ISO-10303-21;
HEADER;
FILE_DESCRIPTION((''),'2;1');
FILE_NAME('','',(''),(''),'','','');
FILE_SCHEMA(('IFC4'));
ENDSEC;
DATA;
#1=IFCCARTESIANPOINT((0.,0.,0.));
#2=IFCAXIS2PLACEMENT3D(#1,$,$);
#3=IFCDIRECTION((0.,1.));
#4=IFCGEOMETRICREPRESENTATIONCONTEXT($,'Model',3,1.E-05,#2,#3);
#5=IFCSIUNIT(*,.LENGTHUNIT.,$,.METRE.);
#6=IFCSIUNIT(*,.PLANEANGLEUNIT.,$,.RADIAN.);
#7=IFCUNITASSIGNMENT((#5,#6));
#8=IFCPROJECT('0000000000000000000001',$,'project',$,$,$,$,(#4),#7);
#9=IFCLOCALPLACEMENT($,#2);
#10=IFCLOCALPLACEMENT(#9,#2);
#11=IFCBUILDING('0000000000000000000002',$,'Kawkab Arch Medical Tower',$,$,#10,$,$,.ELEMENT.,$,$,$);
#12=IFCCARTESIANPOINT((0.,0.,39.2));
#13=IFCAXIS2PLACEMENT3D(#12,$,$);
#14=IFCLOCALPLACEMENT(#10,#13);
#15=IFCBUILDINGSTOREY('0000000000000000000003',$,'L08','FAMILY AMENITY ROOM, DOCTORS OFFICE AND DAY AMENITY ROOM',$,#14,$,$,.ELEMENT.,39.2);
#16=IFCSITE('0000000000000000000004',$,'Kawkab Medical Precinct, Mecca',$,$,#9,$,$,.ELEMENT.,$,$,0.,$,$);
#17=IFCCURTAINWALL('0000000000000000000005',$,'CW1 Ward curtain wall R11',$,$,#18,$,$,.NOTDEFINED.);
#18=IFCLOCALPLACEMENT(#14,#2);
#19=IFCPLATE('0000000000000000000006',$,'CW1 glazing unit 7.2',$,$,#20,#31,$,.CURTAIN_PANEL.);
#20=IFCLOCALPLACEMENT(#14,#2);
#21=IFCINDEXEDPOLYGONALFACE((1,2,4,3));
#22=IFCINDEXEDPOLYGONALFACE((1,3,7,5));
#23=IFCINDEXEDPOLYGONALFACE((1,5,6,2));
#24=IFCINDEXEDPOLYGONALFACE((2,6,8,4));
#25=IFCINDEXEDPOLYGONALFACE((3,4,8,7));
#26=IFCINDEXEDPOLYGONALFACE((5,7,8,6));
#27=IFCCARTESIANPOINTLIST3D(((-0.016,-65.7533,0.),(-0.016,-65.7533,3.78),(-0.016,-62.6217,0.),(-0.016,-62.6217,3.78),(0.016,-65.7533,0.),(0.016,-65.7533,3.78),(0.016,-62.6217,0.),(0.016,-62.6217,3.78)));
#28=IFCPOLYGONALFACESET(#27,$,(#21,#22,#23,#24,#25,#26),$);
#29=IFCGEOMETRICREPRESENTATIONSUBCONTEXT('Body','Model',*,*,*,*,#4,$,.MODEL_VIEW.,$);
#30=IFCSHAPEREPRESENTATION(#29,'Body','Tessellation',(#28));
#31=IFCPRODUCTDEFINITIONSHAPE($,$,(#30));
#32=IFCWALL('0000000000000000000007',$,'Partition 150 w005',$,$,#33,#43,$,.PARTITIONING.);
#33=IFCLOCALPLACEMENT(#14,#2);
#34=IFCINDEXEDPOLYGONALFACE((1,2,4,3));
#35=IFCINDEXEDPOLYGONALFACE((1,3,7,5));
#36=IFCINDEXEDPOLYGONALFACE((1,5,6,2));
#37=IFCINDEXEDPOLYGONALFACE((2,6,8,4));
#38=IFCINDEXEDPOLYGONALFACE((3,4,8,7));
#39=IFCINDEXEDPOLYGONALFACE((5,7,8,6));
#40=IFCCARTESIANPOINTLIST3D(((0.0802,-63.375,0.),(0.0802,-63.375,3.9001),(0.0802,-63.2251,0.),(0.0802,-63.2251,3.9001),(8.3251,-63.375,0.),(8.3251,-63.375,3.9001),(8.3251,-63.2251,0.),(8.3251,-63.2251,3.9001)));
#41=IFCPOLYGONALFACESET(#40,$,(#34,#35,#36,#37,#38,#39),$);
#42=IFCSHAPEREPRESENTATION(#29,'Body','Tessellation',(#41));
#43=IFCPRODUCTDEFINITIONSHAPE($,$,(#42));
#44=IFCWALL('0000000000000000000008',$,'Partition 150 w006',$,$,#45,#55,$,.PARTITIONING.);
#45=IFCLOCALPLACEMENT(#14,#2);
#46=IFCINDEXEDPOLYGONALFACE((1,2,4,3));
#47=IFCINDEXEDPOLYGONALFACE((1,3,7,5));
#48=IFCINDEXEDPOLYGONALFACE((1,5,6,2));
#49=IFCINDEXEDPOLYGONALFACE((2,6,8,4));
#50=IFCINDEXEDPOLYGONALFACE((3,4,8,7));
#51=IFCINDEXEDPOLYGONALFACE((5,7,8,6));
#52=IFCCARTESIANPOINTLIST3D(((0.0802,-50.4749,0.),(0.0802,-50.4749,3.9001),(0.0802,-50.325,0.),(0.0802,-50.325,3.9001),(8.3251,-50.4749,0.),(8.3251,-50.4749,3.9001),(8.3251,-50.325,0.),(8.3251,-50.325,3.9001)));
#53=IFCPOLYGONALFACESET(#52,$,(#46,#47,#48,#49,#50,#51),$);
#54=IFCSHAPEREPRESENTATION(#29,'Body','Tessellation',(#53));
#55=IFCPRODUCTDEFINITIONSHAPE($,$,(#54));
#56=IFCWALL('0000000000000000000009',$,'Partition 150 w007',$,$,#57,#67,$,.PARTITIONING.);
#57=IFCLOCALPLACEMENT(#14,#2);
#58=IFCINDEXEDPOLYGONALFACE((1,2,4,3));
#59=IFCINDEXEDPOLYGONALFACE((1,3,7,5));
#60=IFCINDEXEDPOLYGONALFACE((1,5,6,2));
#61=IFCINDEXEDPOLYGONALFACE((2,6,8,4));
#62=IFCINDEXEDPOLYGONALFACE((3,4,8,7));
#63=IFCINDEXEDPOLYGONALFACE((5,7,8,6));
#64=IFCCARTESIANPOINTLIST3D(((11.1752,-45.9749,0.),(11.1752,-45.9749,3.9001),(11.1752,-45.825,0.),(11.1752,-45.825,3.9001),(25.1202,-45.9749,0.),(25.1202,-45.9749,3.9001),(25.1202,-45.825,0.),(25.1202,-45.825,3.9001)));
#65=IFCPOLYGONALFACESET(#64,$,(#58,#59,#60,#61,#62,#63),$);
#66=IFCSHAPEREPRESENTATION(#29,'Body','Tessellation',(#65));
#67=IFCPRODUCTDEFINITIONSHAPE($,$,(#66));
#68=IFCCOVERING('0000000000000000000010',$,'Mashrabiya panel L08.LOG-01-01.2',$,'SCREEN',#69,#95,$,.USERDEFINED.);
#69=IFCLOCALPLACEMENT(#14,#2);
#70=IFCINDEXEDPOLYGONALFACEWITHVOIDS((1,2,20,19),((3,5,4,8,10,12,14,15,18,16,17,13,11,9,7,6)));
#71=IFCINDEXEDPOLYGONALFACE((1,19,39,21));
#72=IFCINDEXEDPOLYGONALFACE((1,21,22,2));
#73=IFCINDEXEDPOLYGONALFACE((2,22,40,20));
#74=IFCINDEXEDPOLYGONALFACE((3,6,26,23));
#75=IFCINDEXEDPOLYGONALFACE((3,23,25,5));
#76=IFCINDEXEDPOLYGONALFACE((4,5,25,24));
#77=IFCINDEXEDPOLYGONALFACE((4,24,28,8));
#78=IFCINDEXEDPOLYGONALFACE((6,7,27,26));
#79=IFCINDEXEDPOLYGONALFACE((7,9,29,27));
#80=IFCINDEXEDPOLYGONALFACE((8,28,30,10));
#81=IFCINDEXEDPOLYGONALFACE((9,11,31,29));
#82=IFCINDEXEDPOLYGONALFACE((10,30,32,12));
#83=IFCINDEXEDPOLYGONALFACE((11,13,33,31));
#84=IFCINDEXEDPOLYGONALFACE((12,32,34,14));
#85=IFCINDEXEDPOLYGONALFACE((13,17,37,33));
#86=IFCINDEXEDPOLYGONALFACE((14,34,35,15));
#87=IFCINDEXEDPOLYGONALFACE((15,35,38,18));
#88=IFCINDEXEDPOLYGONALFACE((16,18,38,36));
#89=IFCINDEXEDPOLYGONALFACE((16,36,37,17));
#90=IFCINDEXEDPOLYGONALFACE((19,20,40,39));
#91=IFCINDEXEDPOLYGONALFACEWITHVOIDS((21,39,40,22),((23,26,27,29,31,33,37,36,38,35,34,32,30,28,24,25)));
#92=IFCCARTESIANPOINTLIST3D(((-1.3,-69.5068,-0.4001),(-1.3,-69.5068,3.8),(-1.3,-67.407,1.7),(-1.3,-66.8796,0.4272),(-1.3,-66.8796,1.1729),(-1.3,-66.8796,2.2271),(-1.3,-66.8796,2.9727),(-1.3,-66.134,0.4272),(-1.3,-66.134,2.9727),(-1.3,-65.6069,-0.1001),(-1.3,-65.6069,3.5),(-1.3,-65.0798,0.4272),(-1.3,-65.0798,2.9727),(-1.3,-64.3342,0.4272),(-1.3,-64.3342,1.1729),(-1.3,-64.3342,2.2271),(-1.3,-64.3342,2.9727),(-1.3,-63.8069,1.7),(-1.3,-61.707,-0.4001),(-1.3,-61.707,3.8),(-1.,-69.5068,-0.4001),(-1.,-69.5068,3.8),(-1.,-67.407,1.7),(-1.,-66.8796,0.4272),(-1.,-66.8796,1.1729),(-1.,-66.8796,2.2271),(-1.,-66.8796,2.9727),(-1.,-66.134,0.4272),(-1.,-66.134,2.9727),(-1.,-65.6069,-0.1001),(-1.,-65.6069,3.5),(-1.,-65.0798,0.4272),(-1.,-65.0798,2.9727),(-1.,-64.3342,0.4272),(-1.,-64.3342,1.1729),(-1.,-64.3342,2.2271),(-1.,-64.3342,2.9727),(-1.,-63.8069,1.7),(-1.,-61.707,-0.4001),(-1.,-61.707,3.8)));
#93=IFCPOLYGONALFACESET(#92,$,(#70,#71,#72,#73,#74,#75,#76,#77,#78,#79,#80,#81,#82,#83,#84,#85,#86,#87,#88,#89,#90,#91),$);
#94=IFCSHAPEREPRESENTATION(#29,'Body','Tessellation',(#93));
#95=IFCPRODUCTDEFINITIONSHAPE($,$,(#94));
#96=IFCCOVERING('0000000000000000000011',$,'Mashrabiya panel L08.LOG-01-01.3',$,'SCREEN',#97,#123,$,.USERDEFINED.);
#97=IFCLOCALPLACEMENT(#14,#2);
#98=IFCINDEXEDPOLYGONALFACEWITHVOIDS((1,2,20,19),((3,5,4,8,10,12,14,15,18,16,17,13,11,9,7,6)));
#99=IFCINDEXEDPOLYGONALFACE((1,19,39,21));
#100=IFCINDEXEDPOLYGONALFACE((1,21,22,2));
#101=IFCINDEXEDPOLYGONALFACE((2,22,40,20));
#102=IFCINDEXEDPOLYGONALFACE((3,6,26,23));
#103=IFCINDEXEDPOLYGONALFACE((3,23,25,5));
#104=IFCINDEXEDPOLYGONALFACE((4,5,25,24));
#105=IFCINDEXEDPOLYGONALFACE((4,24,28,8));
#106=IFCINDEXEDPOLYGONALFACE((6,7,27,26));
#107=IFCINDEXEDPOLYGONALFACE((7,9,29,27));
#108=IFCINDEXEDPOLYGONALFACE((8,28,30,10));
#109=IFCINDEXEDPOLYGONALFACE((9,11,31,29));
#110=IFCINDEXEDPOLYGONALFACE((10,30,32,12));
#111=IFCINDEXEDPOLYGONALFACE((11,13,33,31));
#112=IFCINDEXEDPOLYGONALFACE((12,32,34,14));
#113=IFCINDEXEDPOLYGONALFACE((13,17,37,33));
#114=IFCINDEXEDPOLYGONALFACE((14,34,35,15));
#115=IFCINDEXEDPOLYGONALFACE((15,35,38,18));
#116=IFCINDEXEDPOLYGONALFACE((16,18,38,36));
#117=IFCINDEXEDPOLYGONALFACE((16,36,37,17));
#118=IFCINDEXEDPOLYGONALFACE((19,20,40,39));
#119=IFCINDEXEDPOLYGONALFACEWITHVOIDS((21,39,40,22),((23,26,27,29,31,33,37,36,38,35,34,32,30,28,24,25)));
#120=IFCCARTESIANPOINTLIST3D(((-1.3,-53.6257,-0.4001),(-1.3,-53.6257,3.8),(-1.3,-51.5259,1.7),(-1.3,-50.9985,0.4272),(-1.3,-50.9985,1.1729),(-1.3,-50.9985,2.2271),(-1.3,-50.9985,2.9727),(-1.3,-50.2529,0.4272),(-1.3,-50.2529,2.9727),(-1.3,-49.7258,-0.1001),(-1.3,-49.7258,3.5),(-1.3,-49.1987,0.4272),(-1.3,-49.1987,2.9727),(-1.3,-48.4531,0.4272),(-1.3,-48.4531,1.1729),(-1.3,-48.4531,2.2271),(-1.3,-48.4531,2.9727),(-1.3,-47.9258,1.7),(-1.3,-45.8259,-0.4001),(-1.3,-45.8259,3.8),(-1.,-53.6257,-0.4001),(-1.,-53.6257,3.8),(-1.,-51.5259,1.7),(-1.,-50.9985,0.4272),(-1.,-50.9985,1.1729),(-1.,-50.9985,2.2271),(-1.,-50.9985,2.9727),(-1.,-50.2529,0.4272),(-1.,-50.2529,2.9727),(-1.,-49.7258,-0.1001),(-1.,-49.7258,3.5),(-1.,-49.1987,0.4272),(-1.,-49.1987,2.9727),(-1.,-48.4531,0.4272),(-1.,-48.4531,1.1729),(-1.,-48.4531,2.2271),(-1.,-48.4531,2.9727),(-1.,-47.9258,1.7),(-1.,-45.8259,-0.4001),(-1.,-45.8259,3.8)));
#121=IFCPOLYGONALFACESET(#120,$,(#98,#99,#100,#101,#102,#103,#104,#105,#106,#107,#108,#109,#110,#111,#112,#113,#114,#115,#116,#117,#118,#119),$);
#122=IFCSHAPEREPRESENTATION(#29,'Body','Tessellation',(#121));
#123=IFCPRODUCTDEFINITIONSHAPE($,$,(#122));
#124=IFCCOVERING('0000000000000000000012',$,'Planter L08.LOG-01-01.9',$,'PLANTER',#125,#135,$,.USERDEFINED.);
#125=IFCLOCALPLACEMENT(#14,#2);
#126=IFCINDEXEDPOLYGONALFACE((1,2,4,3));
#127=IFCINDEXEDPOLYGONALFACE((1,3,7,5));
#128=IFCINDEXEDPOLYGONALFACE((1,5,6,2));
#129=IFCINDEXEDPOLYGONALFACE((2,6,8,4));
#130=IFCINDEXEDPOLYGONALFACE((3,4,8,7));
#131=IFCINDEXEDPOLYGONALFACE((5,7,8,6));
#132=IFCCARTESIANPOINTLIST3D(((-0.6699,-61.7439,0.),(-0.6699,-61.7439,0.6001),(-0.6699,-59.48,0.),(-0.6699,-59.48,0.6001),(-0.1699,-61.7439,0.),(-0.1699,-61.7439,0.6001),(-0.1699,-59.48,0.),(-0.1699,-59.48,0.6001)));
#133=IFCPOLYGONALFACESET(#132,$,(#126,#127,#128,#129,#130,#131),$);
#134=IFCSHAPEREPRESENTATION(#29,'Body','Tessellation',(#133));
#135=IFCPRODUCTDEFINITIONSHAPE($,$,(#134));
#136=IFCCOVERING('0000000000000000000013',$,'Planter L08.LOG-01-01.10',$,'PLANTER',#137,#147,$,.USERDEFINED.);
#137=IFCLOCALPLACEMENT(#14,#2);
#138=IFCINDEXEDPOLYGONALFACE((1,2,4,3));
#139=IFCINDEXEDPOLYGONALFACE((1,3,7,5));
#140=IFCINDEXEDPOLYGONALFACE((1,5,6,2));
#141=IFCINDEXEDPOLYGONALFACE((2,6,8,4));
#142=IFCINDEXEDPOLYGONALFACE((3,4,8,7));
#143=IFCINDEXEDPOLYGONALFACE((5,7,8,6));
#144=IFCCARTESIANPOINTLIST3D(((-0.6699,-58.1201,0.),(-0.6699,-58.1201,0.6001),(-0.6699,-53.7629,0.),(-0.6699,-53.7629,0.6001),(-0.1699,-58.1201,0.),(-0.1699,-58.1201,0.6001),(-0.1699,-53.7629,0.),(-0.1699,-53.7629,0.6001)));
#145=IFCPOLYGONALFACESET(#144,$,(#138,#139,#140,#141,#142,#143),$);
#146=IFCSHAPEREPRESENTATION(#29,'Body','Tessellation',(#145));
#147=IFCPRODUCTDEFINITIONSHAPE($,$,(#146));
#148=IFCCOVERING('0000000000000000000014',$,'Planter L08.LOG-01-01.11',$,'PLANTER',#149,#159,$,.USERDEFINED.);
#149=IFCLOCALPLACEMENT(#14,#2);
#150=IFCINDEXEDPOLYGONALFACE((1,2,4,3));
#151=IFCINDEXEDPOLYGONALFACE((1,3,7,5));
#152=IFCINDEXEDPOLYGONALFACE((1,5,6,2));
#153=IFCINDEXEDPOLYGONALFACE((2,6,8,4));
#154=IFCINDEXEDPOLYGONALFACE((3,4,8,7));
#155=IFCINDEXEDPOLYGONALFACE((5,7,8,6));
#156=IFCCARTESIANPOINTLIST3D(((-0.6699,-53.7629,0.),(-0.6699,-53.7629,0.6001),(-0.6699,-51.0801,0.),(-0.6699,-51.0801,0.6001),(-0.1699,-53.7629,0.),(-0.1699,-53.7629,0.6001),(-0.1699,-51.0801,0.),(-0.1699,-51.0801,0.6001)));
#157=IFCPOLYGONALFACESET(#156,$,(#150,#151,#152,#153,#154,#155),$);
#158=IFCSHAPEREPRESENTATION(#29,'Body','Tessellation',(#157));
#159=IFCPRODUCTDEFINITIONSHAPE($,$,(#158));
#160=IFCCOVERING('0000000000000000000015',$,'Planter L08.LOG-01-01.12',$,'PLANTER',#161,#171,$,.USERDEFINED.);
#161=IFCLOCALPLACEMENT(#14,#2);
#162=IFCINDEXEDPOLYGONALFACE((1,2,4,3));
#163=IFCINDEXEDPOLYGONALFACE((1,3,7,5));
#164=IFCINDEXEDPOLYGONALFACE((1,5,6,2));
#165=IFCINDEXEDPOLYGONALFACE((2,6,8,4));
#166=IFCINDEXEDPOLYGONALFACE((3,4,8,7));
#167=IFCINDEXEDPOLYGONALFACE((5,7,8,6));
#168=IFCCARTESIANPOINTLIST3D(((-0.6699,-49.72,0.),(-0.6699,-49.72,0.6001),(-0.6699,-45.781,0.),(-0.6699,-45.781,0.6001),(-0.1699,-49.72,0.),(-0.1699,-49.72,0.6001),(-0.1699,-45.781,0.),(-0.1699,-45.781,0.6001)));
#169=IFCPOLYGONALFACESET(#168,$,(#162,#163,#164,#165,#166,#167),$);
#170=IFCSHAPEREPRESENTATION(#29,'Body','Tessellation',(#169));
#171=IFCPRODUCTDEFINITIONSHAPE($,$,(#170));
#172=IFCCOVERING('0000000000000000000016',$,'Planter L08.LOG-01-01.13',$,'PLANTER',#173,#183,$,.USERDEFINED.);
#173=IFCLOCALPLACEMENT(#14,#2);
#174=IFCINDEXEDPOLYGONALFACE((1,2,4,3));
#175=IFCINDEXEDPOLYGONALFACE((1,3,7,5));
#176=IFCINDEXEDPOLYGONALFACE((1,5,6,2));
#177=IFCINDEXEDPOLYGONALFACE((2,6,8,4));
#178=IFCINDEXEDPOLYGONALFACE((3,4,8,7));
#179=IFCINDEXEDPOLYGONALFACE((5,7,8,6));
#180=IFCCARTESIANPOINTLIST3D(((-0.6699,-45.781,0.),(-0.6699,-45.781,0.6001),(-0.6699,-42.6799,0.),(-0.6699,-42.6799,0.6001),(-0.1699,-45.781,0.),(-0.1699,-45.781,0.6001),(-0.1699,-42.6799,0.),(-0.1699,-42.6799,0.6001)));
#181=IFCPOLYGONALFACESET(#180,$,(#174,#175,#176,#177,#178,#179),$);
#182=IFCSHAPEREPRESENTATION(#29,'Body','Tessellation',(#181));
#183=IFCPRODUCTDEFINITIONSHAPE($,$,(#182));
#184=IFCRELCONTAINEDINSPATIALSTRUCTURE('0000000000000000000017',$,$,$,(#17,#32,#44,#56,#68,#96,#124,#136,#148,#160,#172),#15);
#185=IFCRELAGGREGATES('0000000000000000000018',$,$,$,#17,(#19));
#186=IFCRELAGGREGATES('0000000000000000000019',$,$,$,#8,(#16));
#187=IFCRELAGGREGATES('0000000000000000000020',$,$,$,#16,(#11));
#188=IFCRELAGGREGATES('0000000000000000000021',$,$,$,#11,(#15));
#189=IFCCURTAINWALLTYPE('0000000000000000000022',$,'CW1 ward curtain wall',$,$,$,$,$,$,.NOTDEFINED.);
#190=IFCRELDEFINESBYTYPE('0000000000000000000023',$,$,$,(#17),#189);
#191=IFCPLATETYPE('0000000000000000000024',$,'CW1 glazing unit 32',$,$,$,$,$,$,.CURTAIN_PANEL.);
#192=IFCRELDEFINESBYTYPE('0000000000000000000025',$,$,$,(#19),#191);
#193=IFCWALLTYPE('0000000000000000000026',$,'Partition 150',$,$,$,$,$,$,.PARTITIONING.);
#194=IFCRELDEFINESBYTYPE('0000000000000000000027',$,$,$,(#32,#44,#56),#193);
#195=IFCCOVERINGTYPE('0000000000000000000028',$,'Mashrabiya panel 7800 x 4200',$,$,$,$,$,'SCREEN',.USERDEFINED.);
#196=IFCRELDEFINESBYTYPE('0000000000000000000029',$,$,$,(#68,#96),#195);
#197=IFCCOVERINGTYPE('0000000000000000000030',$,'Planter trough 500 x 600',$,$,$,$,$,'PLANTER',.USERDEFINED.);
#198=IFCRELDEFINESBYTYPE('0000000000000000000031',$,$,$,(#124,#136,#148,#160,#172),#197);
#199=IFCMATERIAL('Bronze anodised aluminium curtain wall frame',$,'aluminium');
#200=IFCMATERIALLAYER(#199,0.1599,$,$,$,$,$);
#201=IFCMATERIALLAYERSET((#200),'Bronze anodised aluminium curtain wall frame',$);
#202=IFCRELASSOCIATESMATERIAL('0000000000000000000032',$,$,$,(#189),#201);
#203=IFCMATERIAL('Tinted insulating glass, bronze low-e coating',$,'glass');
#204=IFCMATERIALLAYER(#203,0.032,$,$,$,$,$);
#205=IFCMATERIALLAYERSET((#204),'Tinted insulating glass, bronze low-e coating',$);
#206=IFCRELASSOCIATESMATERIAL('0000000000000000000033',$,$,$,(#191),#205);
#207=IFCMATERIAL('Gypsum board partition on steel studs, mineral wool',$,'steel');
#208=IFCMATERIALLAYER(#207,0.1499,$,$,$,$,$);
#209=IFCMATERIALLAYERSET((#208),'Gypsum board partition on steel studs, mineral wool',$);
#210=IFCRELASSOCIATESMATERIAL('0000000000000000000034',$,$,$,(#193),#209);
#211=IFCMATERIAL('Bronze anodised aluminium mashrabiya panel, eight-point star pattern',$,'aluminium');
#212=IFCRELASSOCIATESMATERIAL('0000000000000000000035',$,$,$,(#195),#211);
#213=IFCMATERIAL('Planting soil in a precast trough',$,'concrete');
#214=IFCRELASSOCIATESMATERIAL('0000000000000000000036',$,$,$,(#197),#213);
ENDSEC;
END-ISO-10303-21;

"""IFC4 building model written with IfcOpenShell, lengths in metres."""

from ifc_helpers import new_model, si_unit, direction, frame, frame_2d, origin, origin_2d, place, context, subcontext, project, spatial, polyline, rectangle, outline, extrude, material, layer, layer_set, material_profile, profile_set, type_object, element, aggregate, save


model = new_model("IFC4")

# Units and contexts
model_context = context("Model", 3, precision=1e-05, world=origin(), true_north=direction((0.0, 1.0)))
body_context = subcontext(model_context, "Body", "Model", "MODEL_VIEW")
ifc_project = project(units=[si_unit("LENGTHUNIT", "METRE"), si_unit("PLANEANGLEUNIT", "RADIAN")], contexts=[model_context])

# Site, building, storey
site_placement = place(None, origin())
site = spatial("IfcSite", under=ifc_project, at=site_placement, Name="Kawkab Medical Precinct, Mecca", CompositionType="ELEMENT", RefElevation=0.0)
building_placement = place(site_placement, origin())
building = spatial("IfcBuilding", under=site, at=building_placement, Name="Kawkab Arch Medical Tower", CompositionType="ELEMENT")
storey_placement = place(building_placement, frame((0.0, 0.0, 39.2)))
storey = spatial("IfcBuildingStorey", under=building, at=storey_placement, Name="L08", Description="FAMILY AMENITY ROOM, DOCTORS OFFICE AND DAY AMENITY ROOM", CompositionType="ELEMENT", Elevation=39.2)

# Curtain wall, plate
ifc_material_1 = material(Name="Bronze anodised aluminium curtain wall frame", Category="aluminium")
ifc_layer_1 = layer(ifc_material_1, 0.1599)
ifc_layer_set_1 = layer_set([ifc_layer_1], Name="Bronze anodised aluminium curtain wall frame")
curtain_wall_type = type_object("IfcCurtainWallType", Name="CW1 ward curtain wall", PredefinedType="NOTDEFINED", material=ifc_layer_set_1)
curtain_wall_placement = place(storey_placement, origin())
curtain_wall = element("IfcCurtainWall", 1, at=curtain_wall_placement, inside=storey, type_object=curtain_wall_type, Name="CW1 Ward curtain wall R11", PredefinedType="NOTDEFINED")
ifc_material_2 = material(Name="Tinted insulating glass, bronze low-e coating", Category="glass")
ifc_layer_2 = layer(ifc_material_2, 0.032)
ifc_layer_set_2 = layer_set([ifc_layer_2], Name="Tinted insulating glass, bronze low-e coating")
plate_type = type_object("IfcPlateType", Name="CW1 glazing unit 32", PredefinedType="CURTAIN_PANEL", material=ifc_layer_set_2)
plate_1_placement = place(storey_placement, frame((0.0, -64.1875, 0.0), z_axis=(0.0, 0.0, 1.0), x_axis=(0.0, -1.0, 0.0)))
plate_1 = element("IfcPlate", 2, at=plate_1_placement, type_object=plate_type, Name="CW1 glazing unit 7.2", PredefinedType="CURTAIN_PANEL", context=body_context, shape_type="SweptSolid", body=[
    extrude(rectangle(XDim=3.1316, YDim=0.032, at=origin_2d()), origin(), (0.0, 0.0, 1.0), 3.78),
])
aggregate(curtain_wall, [plate_1])

# Walls
ifc_material_3 = material(Name="Gypsum board partition on steel studs, mineral wool", Category="steel")
ifc_layer_3 = layer(ifc_material_3, 0.1499)
ifc_layer_set_3 = layer_set([ifc_layer_3], Name="Gypsum board partition on steel studs, mineral wool")
wall_type = type_object("IfcWallType", Name="Partition 150", PredefinedType="PARTITIONING", material=ifc_layer_set_3)
for number, where, z_axis, x_axis, name in (
    (3, (0.0801, -63.3, 0.0), (0.0, 0.0, 1.0), (1.0, 0.0, 0.0), "Partition 150 w005"),
    (4, (0.0801, -50.3999, 0.0), (0.0, 0.0, 1.0), (1.0, 0.0, 0.0), "Partition 150 w006"),
):
    element("IfcWall", number, at=place(storey_placement, frame(where, z_axis=z_axis, x_axis=x_axis)), inside=storey, type_object=wall_type, Name=name, PredefinedType="PARTITIONING", context=body_context, shape_type="SweptSolid", body=[
        extrude(rectangle(XDim=8.2449, YDim=0.1499, at=frame_2d((4.1226, 0.0))), origin(), (0.0, 0.0, 1.0), 3.9001),
    ])
wall_placement = place(storey_placement, frame((11.175, -45.8999, 0.0), z_axis=(0.0, 0.0, 1.0), x_axis=(1.0, 0.0, 0.0)))
element("IfcWall", 5, at=wall_placement, inside=storey, type_object=wall_type, Name="Partition 150 w007", PredefinedType="PARTITIONING", context=body_context, shape_type="SweptSolid", body=[
    extrude(rectangle(XDim=13.9451, YDim=0.1499, at=frame_2d((6.9727, 0.0))), origin(), (0.0, 0.0, 1.0), 3.9001),
])

# Coverings
ifc_material_4 = material(Name="Bronze anodised aluminium mashrabiya panel, eight-point star pattern", Category="aluminium")
ifc_material_profile_1 = material_profile(ifc_material_4, outline(polyline([(-3.8999, -2.1001), (3.8999, -2.1001), (3.8999, 2.1001), (-3.8999, 2.1001), (-3.8999, -2.1001)]), holes=[polyline([(1.8, 0.0), (1.2727, 0.5271), (1.2727, 1.2727), (0.5271, 1.2727), (0.0, 1.8), (-0.5271, 1.2727), (-1.2727, 1.2727), (-1.2727, 0.5271), (-1.8, 0.0), (-1.2727, -0.5271), (-1.2727, -1.2727), (-0.5271, -1.2727), (0.0, -1.8), (0.5271, -1.2727), (1.2727, -1.2727), (1.2727, -0.5271), (1.8, 0.0)])]), Name="Mashrabiya panel 7800x4200")
ifc_profile_set_1 = profile_set([ifc_material_profile_1], Name="Bronze anodised aluminium mashrabiya panel, eight-point star pattern")
covering_type_1 = type_object("IfcCoveringType", Name="Mashrabiya panel 7800 x 4200", ElementType="SCREEN", PredefinedType="USERDEFINED", material=ifc_profile_set_1)
for number, where, z_axis, x_axis, name in (
    (6, (-1.0, -65.6069, 1.7), (-1.0, 0.0, 0.0), (0.0, -1.0, 0.0), "Mashrabiya panel L08.LOG-01-01.2"),
    (7, (-1.0, -49.7258, 1.7), (-1.0, 0.0, 0.0), (0.0, -1.0, 0.0), "Mashrabiya panel L08.LOG-01-01.3"),
):
    element("IfcCovering", number, at=place(storey_placement, frame(where, z_axis=z_axis, x_axis=x_axis)), inside=storey, type_object=covering_type_1, Name=name, ObjectType="SCREEN", PredefinedType="USERDEFINED", context=body_context, shape_type="SweptSolid", body=[
        extrude(outline(polyline([(-3.8999, -2.1001), (3.8999, -2.1001), (3.8999, 2.1001), (-3.8999, 2.1001), (-3.8999, -2.1001)]), holes=[polyline([(1.8, 0.0), (1.2727, 0.5271), (1.2727, 1.2727), (0.5271, 1.2727), (0.0, 1.8), (-0.5271, 1.2727), (-1.2727, 1.2727), (-1.2727, 0.5271), (-1.8, 0.0), (-1.2727, -0.5271), (-1.2727, -1.2727), (-0.5271, -1.2727), (0.0, -1.8), (0.5271, -1.2727), (1.2727, -1.2727), (1.2727, -0.5271), (1.8, 0.0)])]), origin(), (0.0, 0.0, 1.0), 0.3),
    ])
ifc_material_5 = material(Name="Planting soil in a precast trough", Category="concrete")
ifc_material_profile_2 = material_profile(ifc_material_5, rectangle(XDim=0.5, YDim=0.6001, at=origin_2d()), Name="Trough 500x600")
ifc_profile_set_2 = profile_set([ifc_material_profile_2], Name="Planting soil in a precast trough")
covering_type_2 = type_object("IfcCoveringType", Name="Planter trough 500 x 600", ElementType="PLANTER", PredefinedType="USERDEFINED", material=ifc_profile_set_2)
covering_1_placement = place(storey_placement, frame((-0.4199, -61.7439, 0.3), z_axis=(0.0, 1.0, 0.0), x_axis=(-1.0, 0.0, 0.0)))
element("IfcCovering", 8, at=covering_1_placement, inside=storey, type_object=covering_type_2, Name="Planter L08.LOG-01-01.9", ObjectType="PLANTER", PredefinedType="USERDEFINED", context=body_context, shape_type="SweptSolid", body=[
    extrude(rectangle(XDim=0.5, YDim=0.6001, at=origin_2d()), origin(), (0.0, 0.0, 1.0), 2.2639),
])
covering_2_placement = place(storey_placement, frame((-0.4199, -58.1201, 0.3), z_axis=(0.0, 1.0, 0.0), x_axis=(-1.0, 0.0, 0.0)))
element("IfcCovering", 9, at=covering_2_placement, inside=storey, type_object=covering_type_2, Name="Planter L08.LOG-01-01.10", ObjectType="PLANTER", PredefinedType="USERDEFINED", context=body_context, shape_type="SweptSolid", body=[
    extrude(rectangle(XDim=0.5, YDim=0.6001, at=origin_2d()), origin(), (0.0, 0.0, 1.0), 4.3572),
])
covering_3_placement = place(storey_placement, frame((-0.4199, -53.7629, 0.3), z_axis=(0.0, 1.0, 0.0), x_axis=(-1.0, 0.0, 0.0)))
element("IfcCovering", 10, at=covering_3_placement, inside=storey, type_object=covering_type_2, Name="Planter L08.LOG-01-01.11", ObjectType="PLANTER", PredefinedType="USERDEFINED", context=body_context, shape_type="SweptSolid", body=[
    extrude(rectangle(XDim=0.5, YDim=0.6001, at=origin_2d()), origin(), (0.0, 0.0, 1.0), 2.6829),
])
covering_4_placement = place(storey_placement, frame((-0.4199, -49.72, 0.3), z_axis=(0.0, 1.0, 0.0), x_axis=(-1.0, 0.0, 0.0)))
element("IfcCovering", 11, at=covering_4_placement, inside=storey, type_object=covering_type_2, Name="Planter L08.LOG-01-01.12", ObjectType="PLANTER", PredefinedType="USERDEFINED", context=body_context, shape_type="SweptSolid", body=[
    extrude(rectangle(XDim=0.5, YDim=0.6001, at=origin_2d()), origin(), (0.0, 0.0, 1.0), 3.939),
])
covering_5_placement = place(storey_placement, frame((-0.4199, -45.781, 0.3), z_axis=(0.0, 1.0, 0.0), x_axis=(-1.0, 0.0, 0.0)))
element("IfcCovering", 12, at=covering_5_placement, inside=storey, type_object=covering_type_2, Name="Planter L08.LOG-01-01.13", ObjectType="PLANTER", PredefinedType="USERDEFINED", context=body_context, shape_type="SweptSolid", body=[
    extrude(rectangle(XDim=0.5, YDim=0.6001, at=origin_2d()), origin(), (0.0, 0.0, 1.0), 3.1011),
])

save(model, "model.ifc")
